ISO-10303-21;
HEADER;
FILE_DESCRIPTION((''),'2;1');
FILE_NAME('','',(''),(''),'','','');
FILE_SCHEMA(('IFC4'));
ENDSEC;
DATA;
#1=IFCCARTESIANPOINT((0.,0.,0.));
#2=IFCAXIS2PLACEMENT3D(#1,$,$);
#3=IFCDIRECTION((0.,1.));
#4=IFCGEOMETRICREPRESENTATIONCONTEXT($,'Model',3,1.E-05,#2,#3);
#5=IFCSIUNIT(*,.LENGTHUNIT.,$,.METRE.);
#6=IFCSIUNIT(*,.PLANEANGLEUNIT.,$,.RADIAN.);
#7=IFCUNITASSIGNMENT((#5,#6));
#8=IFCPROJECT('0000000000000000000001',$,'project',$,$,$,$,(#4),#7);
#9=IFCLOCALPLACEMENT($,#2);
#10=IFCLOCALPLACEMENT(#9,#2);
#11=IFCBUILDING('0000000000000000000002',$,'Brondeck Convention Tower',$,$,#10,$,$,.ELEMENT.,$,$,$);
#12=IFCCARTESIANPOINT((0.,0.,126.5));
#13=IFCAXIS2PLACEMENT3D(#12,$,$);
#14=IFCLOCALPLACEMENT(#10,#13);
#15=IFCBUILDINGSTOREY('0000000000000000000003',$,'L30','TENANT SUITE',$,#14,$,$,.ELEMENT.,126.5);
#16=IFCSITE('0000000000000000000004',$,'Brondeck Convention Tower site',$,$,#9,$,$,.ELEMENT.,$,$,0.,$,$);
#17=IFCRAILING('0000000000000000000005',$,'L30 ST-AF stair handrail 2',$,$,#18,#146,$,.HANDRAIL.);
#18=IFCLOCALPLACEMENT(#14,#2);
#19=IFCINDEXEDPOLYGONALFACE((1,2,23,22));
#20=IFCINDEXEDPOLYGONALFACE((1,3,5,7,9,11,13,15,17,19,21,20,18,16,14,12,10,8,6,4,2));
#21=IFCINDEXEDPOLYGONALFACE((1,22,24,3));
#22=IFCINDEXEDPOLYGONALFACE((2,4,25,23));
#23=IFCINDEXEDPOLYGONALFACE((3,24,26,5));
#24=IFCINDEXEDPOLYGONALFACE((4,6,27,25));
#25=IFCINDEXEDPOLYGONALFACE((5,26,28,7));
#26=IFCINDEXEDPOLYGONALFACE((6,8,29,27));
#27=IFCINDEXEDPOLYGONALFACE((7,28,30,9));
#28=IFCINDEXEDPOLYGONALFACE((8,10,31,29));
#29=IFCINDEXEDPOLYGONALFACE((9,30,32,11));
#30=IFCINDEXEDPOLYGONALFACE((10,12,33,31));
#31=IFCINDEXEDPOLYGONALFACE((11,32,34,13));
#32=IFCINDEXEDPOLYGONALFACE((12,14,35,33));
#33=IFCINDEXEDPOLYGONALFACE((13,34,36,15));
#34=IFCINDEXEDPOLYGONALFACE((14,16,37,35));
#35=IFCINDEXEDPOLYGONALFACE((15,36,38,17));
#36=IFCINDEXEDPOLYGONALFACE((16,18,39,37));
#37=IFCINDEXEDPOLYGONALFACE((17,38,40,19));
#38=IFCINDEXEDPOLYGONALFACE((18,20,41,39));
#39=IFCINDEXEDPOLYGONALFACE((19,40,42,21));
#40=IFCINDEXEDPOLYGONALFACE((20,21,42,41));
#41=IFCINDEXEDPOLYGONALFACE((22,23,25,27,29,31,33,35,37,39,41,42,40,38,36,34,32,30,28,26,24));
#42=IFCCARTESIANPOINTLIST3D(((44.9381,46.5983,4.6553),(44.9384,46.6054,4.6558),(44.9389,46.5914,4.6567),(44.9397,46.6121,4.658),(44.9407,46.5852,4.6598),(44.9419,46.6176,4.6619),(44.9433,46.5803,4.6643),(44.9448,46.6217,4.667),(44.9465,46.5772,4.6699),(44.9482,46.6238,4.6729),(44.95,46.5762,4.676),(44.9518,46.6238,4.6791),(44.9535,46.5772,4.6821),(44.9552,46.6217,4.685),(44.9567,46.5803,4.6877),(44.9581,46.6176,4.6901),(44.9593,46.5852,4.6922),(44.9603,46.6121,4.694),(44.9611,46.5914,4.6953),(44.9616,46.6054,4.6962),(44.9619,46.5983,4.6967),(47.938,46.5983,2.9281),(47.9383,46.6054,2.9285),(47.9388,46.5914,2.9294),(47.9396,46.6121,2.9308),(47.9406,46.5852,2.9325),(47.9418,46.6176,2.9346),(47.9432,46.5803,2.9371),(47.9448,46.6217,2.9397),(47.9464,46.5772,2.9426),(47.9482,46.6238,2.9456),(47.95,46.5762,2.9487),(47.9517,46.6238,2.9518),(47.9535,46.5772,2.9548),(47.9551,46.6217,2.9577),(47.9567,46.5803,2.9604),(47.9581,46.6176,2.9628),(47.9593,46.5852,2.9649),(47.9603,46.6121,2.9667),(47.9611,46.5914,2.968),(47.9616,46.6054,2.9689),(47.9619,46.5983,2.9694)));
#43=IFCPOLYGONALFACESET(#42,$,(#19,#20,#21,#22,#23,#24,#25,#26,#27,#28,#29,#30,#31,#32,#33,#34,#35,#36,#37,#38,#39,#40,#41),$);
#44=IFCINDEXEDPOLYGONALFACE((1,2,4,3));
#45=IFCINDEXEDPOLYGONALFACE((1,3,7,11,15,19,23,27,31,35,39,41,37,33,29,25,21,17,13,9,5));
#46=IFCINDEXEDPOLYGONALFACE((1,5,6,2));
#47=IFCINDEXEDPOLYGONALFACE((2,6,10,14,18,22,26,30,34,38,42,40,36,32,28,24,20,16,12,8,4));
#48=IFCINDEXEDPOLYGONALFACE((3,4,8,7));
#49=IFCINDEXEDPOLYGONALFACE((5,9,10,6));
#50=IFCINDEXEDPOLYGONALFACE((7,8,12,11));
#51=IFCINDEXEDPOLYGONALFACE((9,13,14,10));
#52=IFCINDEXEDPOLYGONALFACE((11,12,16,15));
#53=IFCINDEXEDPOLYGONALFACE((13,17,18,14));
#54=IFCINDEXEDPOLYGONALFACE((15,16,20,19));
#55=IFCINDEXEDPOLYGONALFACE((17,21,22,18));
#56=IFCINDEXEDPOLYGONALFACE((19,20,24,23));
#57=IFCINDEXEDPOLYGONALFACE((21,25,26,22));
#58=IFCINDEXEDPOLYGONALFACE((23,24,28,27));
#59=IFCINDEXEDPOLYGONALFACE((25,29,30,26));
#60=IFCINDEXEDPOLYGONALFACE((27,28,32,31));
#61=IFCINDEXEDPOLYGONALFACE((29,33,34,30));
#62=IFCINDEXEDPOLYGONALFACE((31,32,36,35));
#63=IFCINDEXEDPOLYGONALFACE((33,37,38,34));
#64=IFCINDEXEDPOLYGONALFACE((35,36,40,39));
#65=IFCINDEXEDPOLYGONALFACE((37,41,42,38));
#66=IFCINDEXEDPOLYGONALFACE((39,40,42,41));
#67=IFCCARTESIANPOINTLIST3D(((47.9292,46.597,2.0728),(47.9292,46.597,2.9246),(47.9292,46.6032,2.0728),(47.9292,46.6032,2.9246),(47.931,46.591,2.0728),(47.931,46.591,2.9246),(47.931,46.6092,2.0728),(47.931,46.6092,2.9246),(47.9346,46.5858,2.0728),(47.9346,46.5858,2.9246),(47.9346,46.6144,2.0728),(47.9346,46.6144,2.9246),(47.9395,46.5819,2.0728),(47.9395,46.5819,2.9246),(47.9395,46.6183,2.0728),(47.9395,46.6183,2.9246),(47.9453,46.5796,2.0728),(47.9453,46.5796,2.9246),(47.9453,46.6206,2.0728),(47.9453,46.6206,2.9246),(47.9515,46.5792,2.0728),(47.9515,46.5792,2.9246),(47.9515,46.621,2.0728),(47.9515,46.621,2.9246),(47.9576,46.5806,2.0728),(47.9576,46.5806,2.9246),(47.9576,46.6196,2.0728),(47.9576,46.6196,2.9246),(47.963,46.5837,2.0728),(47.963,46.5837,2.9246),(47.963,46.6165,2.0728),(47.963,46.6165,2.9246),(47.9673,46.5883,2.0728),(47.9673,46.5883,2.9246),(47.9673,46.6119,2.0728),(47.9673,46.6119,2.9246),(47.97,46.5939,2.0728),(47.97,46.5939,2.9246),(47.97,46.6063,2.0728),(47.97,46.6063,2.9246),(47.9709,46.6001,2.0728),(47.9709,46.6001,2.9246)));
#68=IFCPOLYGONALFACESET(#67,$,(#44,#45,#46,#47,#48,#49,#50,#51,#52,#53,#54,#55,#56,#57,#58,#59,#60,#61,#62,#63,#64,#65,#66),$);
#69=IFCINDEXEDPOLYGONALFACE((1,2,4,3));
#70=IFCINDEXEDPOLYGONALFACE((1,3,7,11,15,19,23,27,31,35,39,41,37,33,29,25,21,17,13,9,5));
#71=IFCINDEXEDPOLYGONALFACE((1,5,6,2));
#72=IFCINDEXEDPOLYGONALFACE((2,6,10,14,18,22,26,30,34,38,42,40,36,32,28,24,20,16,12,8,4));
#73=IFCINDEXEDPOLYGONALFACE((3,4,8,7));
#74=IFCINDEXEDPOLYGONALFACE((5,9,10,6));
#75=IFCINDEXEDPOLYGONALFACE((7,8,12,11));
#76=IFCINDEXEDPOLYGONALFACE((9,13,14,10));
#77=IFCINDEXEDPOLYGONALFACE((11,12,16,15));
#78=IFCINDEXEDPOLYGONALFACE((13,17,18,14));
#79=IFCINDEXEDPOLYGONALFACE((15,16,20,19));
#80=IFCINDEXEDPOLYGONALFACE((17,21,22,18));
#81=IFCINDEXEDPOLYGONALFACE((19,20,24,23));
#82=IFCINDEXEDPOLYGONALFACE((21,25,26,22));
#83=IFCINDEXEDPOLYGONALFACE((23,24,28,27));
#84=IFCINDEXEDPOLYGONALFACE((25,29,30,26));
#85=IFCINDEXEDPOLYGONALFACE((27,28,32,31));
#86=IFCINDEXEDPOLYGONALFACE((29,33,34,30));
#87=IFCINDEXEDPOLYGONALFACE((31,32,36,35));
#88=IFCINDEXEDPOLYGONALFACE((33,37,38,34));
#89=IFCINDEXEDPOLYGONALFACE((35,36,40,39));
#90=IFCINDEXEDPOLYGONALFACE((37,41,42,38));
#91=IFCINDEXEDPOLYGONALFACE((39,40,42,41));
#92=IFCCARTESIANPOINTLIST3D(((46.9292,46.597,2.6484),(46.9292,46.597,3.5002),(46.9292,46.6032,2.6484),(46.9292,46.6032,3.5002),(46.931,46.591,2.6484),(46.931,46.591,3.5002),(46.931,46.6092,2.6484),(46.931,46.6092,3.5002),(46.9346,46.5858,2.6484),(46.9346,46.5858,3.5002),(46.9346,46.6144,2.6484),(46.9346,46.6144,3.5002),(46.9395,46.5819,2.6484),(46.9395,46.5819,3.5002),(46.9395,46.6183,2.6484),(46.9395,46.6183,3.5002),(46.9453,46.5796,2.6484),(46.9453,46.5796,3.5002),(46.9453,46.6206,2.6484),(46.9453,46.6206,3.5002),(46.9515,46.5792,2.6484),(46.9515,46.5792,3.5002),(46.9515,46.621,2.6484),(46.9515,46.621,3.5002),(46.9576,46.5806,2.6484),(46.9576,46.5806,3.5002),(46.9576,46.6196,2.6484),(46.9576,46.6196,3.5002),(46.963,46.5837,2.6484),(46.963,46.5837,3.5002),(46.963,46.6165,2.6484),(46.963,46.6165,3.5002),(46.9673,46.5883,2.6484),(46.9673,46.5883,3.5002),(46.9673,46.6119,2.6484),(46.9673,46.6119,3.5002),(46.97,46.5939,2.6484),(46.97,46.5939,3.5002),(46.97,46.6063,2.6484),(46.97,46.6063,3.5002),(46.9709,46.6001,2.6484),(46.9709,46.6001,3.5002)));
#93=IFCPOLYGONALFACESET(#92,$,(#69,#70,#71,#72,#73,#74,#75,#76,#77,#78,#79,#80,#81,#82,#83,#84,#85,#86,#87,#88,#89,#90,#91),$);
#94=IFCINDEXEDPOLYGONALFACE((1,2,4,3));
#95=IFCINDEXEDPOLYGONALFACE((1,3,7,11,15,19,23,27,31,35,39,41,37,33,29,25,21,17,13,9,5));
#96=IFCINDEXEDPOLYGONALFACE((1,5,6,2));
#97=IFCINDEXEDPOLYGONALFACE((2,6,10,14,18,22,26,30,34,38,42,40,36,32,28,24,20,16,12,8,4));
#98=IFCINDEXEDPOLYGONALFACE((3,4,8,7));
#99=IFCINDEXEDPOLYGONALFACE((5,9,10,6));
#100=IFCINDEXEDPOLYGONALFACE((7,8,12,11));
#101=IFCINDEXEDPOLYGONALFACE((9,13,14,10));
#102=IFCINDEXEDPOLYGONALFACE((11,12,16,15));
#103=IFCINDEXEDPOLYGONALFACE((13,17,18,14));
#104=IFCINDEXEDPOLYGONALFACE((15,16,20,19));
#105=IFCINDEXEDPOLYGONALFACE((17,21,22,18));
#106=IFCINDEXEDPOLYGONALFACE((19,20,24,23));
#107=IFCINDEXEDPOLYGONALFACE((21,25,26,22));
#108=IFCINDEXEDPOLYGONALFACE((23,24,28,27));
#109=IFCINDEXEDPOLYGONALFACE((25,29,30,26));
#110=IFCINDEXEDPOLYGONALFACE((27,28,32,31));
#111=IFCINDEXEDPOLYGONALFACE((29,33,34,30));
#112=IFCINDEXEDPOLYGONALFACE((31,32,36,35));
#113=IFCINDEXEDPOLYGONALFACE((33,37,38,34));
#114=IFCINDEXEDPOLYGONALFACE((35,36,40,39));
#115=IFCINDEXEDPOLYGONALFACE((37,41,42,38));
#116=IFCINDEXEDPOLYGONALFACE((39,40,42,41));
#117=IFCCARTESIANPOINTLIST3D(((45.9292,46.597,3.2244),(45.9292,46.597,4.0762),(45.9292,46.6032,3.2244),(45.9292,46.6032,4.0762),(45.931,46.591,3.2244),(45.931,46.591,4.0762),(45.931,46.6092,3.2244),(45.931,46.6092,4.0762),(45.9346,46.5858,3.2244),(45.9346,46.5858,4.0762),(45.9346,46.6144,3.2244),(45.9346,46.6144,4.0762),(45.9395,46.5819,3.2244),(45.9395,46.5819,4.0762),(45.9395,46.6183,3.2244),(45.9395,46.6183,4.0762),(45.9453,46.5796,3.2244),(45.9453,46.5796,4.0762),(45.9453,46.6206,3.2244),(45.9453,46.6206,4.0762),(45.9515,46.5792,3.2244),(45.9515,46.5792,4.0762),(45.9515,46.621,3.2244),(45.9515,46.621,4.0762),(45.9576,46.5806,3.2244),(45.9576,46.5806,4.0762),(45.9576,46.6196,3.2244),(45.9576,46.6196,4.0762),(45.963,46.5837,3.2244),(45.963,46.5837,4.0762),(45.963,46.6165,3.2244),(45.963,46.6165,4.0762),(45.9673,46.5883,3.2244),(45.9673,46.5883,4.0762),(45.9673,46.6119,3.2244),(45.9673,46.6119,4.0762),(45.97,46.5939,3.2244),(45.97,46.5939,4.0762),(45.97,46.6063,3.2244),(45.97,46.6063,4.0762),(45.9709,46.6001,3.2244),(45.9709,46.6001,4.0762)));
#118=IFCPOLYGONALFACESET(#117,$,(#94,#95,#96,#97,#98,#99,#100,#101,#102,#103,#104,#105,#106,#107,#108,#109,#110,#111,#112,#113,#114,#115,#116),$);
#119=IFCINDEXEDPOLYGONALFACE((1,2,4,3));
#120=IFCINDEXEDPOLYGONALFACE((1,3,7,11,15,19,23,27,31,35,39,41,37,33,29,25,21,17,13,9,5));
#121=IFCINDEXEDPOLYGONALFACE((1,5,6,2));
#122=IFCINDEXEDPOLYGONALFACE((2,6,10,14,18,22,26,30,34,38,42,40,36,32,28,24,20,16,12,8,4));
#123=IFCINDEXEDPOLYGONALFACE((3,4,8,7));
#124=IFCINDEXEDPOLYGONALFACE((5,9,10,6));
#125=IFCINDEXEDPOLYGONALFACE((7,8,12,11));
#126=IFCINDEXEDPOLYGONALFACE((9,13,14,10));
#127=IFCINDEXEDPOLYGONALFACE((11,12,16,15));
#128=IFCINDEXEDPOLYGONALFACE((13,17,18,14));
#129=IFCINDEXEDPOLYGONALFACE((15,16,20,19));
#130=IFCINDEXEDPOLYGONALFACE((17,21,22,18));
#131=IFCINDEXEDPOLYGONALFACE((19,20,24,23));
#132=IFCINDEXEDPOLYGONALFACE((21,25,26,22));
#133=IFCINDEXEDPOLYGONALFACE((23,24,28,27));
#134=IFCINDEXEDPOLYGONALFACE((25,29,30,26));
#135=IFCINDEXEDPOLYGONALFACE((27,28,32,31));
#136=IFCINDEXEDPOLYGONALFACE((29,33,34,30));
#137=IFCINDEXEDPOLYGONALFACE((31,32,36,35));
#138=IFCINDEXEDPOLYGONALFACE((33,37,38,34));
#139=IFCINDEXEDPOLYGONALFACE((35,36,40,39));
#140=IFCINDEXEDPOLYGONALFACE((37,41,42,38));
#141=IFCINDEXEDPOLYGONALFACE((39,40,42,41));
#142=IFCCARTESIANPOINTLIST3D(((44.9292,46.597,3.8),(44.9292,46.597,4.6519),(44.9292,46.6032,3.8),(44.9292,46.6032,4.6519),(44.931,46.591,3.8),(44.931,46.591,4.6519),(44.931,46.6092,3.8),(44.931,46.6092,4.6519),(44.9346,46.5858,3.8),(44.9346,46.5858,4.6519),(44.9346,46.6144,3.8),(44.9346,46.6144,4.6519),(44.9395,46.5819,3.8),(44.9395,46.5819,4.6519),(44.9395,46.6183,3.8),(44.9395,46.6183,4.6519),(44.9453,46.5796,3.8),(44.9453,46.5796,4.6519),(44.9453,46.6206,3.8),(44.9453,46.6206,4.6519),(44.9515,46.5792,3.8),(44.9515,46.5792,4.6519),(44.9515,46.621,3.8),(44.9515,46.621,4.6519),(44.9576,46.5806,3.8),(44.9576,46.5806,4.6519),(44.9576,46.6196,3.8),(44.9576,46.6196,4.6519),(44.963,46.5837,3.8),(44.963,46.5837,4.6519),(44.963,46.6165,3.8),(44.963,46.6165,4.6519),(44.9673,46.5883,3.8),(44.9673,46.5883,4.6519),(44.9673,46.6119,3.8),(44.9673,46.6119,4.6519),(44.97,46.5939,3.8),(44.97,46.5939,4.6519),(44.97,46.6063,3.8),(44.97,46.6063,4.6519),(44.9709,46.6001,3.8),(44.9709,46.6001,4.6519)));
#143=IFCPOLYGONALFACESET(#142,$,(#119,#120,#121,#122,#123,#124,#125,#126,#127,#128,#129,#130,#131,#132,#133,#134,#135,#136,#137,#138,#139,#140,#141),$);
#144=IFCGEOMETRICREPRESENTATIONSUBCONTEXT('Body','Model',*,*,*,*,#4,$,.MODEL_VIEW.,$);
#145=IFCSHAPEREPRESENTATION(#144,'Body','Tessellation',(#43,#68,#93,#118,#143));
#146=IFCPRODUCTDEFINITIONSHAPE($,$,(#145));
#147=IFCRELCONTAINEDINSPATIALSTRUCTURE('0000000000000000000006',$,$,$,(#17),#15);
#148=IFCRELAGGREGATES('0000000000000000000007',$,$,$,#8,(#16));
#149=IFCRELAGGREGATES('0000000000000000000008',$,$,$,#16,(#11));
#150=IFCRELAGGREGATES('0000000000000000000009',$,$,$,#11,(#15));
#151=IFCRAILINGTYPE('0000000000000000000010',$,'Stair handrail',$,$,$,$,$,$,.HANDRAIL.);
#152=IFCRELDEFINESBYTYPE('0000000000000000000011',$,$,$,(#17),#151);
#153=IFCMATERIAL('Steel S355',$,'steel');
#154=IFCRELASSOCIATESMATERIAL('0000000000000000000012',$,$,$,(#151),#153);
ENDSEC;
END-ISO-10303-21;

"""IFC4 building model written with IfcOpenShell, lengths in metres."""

from ifc_helpers import new_model, si_unit, direction, frame, origin, origin_2d, place, context, subcontext, project, spatial, circle, extrude, material, type_object, element, save


model = new_model("IFC4")

# Units and contexts
model_context = context("Model", 3, precision=1e-05, world=origin(), true_north=direction((0.0, 1.0)))
body_context = subcontext(model_context, "Body", "Model", "MODEL_VIEW")
ifc_project = project(units=[si_unit("LENGTHUNIT", "METRE"), si_unit("PLANEANGLEUNIT", "RADIAN")], contexts=[model_context])

# Site, building, storey
site_placement = place(None, origin())
site = spatial("IfcSite", under=ifc_project, at=site_placement, Name="Brondeck Convention Tower site", CompositionType="ELEMENT", RefElevation=0.0)
building_placement = place(site_placement, origin())
building = spatial("IfcBuilding", under=site, at=building_placement, Name="Brondeck Convention Tower", CompositionType="ELEMENT")
storey_placement = place(building_placement, frame((0.0, 0.0, 126.5)))
storey = spatial("IfcBuildingStorey", under=building, at=storey_placement, Name="L30", Description="TENANT SUITE", CompositionType="ELEMENT", Elevation=126.5)

# Shared definitions
ifc_material_1 = material(Name="Steel S355", Category="steel")

# Railing
railing_type = type_object("IfcRailingType", Name="Stair handrail", PredefinedType="HANDRAIL", material=ifc_material_1)
railing_placement = place(storey_placement, frame((47.95, 46.6001, 2.0728)))
element("IfcRailing", 1, at=railing_placement, inside=storey, type_object=railing_type, Name="L30 ST-AF stair handrail 2", PredefinedType="HANDRAIL", context=body_context, shape_type="SweptSolid", body=[
    extrude(circle(Radius=0.0239, at=origin_2d()), frame((0.0, 0.0, 0.876), z_axis=(-0.86662, 0.0, 0.498969), x_axis=(0.0, -1.0, 0.0)), (0.0, 0.0, 1.0), 3.4617),
    extrude(circle(Radius=0.021, at=origin_2d()), origin(), (0.0, 0.0, 1.0), 0.8518),
    extrude(circle(Radius=0.021, at=origin_2d()), frame((-1.0, 0.0, 0.5757)), (0.0, 0.0, 1.0), 0.8518),
    extrude(circle(Radius=0.021, at=origin_2d()), frame((-2.0, 0.0, 1.1516)), (0.0, 0.0, 1.0), 0.8518),
    extrude(circle(Radius=0.021, at=origin_2d()), frame((-3.0, 0.0, 1.7273)), (0.0, 0.0, 1.0), 0.8518),
])

save(model, "model.ifc")
